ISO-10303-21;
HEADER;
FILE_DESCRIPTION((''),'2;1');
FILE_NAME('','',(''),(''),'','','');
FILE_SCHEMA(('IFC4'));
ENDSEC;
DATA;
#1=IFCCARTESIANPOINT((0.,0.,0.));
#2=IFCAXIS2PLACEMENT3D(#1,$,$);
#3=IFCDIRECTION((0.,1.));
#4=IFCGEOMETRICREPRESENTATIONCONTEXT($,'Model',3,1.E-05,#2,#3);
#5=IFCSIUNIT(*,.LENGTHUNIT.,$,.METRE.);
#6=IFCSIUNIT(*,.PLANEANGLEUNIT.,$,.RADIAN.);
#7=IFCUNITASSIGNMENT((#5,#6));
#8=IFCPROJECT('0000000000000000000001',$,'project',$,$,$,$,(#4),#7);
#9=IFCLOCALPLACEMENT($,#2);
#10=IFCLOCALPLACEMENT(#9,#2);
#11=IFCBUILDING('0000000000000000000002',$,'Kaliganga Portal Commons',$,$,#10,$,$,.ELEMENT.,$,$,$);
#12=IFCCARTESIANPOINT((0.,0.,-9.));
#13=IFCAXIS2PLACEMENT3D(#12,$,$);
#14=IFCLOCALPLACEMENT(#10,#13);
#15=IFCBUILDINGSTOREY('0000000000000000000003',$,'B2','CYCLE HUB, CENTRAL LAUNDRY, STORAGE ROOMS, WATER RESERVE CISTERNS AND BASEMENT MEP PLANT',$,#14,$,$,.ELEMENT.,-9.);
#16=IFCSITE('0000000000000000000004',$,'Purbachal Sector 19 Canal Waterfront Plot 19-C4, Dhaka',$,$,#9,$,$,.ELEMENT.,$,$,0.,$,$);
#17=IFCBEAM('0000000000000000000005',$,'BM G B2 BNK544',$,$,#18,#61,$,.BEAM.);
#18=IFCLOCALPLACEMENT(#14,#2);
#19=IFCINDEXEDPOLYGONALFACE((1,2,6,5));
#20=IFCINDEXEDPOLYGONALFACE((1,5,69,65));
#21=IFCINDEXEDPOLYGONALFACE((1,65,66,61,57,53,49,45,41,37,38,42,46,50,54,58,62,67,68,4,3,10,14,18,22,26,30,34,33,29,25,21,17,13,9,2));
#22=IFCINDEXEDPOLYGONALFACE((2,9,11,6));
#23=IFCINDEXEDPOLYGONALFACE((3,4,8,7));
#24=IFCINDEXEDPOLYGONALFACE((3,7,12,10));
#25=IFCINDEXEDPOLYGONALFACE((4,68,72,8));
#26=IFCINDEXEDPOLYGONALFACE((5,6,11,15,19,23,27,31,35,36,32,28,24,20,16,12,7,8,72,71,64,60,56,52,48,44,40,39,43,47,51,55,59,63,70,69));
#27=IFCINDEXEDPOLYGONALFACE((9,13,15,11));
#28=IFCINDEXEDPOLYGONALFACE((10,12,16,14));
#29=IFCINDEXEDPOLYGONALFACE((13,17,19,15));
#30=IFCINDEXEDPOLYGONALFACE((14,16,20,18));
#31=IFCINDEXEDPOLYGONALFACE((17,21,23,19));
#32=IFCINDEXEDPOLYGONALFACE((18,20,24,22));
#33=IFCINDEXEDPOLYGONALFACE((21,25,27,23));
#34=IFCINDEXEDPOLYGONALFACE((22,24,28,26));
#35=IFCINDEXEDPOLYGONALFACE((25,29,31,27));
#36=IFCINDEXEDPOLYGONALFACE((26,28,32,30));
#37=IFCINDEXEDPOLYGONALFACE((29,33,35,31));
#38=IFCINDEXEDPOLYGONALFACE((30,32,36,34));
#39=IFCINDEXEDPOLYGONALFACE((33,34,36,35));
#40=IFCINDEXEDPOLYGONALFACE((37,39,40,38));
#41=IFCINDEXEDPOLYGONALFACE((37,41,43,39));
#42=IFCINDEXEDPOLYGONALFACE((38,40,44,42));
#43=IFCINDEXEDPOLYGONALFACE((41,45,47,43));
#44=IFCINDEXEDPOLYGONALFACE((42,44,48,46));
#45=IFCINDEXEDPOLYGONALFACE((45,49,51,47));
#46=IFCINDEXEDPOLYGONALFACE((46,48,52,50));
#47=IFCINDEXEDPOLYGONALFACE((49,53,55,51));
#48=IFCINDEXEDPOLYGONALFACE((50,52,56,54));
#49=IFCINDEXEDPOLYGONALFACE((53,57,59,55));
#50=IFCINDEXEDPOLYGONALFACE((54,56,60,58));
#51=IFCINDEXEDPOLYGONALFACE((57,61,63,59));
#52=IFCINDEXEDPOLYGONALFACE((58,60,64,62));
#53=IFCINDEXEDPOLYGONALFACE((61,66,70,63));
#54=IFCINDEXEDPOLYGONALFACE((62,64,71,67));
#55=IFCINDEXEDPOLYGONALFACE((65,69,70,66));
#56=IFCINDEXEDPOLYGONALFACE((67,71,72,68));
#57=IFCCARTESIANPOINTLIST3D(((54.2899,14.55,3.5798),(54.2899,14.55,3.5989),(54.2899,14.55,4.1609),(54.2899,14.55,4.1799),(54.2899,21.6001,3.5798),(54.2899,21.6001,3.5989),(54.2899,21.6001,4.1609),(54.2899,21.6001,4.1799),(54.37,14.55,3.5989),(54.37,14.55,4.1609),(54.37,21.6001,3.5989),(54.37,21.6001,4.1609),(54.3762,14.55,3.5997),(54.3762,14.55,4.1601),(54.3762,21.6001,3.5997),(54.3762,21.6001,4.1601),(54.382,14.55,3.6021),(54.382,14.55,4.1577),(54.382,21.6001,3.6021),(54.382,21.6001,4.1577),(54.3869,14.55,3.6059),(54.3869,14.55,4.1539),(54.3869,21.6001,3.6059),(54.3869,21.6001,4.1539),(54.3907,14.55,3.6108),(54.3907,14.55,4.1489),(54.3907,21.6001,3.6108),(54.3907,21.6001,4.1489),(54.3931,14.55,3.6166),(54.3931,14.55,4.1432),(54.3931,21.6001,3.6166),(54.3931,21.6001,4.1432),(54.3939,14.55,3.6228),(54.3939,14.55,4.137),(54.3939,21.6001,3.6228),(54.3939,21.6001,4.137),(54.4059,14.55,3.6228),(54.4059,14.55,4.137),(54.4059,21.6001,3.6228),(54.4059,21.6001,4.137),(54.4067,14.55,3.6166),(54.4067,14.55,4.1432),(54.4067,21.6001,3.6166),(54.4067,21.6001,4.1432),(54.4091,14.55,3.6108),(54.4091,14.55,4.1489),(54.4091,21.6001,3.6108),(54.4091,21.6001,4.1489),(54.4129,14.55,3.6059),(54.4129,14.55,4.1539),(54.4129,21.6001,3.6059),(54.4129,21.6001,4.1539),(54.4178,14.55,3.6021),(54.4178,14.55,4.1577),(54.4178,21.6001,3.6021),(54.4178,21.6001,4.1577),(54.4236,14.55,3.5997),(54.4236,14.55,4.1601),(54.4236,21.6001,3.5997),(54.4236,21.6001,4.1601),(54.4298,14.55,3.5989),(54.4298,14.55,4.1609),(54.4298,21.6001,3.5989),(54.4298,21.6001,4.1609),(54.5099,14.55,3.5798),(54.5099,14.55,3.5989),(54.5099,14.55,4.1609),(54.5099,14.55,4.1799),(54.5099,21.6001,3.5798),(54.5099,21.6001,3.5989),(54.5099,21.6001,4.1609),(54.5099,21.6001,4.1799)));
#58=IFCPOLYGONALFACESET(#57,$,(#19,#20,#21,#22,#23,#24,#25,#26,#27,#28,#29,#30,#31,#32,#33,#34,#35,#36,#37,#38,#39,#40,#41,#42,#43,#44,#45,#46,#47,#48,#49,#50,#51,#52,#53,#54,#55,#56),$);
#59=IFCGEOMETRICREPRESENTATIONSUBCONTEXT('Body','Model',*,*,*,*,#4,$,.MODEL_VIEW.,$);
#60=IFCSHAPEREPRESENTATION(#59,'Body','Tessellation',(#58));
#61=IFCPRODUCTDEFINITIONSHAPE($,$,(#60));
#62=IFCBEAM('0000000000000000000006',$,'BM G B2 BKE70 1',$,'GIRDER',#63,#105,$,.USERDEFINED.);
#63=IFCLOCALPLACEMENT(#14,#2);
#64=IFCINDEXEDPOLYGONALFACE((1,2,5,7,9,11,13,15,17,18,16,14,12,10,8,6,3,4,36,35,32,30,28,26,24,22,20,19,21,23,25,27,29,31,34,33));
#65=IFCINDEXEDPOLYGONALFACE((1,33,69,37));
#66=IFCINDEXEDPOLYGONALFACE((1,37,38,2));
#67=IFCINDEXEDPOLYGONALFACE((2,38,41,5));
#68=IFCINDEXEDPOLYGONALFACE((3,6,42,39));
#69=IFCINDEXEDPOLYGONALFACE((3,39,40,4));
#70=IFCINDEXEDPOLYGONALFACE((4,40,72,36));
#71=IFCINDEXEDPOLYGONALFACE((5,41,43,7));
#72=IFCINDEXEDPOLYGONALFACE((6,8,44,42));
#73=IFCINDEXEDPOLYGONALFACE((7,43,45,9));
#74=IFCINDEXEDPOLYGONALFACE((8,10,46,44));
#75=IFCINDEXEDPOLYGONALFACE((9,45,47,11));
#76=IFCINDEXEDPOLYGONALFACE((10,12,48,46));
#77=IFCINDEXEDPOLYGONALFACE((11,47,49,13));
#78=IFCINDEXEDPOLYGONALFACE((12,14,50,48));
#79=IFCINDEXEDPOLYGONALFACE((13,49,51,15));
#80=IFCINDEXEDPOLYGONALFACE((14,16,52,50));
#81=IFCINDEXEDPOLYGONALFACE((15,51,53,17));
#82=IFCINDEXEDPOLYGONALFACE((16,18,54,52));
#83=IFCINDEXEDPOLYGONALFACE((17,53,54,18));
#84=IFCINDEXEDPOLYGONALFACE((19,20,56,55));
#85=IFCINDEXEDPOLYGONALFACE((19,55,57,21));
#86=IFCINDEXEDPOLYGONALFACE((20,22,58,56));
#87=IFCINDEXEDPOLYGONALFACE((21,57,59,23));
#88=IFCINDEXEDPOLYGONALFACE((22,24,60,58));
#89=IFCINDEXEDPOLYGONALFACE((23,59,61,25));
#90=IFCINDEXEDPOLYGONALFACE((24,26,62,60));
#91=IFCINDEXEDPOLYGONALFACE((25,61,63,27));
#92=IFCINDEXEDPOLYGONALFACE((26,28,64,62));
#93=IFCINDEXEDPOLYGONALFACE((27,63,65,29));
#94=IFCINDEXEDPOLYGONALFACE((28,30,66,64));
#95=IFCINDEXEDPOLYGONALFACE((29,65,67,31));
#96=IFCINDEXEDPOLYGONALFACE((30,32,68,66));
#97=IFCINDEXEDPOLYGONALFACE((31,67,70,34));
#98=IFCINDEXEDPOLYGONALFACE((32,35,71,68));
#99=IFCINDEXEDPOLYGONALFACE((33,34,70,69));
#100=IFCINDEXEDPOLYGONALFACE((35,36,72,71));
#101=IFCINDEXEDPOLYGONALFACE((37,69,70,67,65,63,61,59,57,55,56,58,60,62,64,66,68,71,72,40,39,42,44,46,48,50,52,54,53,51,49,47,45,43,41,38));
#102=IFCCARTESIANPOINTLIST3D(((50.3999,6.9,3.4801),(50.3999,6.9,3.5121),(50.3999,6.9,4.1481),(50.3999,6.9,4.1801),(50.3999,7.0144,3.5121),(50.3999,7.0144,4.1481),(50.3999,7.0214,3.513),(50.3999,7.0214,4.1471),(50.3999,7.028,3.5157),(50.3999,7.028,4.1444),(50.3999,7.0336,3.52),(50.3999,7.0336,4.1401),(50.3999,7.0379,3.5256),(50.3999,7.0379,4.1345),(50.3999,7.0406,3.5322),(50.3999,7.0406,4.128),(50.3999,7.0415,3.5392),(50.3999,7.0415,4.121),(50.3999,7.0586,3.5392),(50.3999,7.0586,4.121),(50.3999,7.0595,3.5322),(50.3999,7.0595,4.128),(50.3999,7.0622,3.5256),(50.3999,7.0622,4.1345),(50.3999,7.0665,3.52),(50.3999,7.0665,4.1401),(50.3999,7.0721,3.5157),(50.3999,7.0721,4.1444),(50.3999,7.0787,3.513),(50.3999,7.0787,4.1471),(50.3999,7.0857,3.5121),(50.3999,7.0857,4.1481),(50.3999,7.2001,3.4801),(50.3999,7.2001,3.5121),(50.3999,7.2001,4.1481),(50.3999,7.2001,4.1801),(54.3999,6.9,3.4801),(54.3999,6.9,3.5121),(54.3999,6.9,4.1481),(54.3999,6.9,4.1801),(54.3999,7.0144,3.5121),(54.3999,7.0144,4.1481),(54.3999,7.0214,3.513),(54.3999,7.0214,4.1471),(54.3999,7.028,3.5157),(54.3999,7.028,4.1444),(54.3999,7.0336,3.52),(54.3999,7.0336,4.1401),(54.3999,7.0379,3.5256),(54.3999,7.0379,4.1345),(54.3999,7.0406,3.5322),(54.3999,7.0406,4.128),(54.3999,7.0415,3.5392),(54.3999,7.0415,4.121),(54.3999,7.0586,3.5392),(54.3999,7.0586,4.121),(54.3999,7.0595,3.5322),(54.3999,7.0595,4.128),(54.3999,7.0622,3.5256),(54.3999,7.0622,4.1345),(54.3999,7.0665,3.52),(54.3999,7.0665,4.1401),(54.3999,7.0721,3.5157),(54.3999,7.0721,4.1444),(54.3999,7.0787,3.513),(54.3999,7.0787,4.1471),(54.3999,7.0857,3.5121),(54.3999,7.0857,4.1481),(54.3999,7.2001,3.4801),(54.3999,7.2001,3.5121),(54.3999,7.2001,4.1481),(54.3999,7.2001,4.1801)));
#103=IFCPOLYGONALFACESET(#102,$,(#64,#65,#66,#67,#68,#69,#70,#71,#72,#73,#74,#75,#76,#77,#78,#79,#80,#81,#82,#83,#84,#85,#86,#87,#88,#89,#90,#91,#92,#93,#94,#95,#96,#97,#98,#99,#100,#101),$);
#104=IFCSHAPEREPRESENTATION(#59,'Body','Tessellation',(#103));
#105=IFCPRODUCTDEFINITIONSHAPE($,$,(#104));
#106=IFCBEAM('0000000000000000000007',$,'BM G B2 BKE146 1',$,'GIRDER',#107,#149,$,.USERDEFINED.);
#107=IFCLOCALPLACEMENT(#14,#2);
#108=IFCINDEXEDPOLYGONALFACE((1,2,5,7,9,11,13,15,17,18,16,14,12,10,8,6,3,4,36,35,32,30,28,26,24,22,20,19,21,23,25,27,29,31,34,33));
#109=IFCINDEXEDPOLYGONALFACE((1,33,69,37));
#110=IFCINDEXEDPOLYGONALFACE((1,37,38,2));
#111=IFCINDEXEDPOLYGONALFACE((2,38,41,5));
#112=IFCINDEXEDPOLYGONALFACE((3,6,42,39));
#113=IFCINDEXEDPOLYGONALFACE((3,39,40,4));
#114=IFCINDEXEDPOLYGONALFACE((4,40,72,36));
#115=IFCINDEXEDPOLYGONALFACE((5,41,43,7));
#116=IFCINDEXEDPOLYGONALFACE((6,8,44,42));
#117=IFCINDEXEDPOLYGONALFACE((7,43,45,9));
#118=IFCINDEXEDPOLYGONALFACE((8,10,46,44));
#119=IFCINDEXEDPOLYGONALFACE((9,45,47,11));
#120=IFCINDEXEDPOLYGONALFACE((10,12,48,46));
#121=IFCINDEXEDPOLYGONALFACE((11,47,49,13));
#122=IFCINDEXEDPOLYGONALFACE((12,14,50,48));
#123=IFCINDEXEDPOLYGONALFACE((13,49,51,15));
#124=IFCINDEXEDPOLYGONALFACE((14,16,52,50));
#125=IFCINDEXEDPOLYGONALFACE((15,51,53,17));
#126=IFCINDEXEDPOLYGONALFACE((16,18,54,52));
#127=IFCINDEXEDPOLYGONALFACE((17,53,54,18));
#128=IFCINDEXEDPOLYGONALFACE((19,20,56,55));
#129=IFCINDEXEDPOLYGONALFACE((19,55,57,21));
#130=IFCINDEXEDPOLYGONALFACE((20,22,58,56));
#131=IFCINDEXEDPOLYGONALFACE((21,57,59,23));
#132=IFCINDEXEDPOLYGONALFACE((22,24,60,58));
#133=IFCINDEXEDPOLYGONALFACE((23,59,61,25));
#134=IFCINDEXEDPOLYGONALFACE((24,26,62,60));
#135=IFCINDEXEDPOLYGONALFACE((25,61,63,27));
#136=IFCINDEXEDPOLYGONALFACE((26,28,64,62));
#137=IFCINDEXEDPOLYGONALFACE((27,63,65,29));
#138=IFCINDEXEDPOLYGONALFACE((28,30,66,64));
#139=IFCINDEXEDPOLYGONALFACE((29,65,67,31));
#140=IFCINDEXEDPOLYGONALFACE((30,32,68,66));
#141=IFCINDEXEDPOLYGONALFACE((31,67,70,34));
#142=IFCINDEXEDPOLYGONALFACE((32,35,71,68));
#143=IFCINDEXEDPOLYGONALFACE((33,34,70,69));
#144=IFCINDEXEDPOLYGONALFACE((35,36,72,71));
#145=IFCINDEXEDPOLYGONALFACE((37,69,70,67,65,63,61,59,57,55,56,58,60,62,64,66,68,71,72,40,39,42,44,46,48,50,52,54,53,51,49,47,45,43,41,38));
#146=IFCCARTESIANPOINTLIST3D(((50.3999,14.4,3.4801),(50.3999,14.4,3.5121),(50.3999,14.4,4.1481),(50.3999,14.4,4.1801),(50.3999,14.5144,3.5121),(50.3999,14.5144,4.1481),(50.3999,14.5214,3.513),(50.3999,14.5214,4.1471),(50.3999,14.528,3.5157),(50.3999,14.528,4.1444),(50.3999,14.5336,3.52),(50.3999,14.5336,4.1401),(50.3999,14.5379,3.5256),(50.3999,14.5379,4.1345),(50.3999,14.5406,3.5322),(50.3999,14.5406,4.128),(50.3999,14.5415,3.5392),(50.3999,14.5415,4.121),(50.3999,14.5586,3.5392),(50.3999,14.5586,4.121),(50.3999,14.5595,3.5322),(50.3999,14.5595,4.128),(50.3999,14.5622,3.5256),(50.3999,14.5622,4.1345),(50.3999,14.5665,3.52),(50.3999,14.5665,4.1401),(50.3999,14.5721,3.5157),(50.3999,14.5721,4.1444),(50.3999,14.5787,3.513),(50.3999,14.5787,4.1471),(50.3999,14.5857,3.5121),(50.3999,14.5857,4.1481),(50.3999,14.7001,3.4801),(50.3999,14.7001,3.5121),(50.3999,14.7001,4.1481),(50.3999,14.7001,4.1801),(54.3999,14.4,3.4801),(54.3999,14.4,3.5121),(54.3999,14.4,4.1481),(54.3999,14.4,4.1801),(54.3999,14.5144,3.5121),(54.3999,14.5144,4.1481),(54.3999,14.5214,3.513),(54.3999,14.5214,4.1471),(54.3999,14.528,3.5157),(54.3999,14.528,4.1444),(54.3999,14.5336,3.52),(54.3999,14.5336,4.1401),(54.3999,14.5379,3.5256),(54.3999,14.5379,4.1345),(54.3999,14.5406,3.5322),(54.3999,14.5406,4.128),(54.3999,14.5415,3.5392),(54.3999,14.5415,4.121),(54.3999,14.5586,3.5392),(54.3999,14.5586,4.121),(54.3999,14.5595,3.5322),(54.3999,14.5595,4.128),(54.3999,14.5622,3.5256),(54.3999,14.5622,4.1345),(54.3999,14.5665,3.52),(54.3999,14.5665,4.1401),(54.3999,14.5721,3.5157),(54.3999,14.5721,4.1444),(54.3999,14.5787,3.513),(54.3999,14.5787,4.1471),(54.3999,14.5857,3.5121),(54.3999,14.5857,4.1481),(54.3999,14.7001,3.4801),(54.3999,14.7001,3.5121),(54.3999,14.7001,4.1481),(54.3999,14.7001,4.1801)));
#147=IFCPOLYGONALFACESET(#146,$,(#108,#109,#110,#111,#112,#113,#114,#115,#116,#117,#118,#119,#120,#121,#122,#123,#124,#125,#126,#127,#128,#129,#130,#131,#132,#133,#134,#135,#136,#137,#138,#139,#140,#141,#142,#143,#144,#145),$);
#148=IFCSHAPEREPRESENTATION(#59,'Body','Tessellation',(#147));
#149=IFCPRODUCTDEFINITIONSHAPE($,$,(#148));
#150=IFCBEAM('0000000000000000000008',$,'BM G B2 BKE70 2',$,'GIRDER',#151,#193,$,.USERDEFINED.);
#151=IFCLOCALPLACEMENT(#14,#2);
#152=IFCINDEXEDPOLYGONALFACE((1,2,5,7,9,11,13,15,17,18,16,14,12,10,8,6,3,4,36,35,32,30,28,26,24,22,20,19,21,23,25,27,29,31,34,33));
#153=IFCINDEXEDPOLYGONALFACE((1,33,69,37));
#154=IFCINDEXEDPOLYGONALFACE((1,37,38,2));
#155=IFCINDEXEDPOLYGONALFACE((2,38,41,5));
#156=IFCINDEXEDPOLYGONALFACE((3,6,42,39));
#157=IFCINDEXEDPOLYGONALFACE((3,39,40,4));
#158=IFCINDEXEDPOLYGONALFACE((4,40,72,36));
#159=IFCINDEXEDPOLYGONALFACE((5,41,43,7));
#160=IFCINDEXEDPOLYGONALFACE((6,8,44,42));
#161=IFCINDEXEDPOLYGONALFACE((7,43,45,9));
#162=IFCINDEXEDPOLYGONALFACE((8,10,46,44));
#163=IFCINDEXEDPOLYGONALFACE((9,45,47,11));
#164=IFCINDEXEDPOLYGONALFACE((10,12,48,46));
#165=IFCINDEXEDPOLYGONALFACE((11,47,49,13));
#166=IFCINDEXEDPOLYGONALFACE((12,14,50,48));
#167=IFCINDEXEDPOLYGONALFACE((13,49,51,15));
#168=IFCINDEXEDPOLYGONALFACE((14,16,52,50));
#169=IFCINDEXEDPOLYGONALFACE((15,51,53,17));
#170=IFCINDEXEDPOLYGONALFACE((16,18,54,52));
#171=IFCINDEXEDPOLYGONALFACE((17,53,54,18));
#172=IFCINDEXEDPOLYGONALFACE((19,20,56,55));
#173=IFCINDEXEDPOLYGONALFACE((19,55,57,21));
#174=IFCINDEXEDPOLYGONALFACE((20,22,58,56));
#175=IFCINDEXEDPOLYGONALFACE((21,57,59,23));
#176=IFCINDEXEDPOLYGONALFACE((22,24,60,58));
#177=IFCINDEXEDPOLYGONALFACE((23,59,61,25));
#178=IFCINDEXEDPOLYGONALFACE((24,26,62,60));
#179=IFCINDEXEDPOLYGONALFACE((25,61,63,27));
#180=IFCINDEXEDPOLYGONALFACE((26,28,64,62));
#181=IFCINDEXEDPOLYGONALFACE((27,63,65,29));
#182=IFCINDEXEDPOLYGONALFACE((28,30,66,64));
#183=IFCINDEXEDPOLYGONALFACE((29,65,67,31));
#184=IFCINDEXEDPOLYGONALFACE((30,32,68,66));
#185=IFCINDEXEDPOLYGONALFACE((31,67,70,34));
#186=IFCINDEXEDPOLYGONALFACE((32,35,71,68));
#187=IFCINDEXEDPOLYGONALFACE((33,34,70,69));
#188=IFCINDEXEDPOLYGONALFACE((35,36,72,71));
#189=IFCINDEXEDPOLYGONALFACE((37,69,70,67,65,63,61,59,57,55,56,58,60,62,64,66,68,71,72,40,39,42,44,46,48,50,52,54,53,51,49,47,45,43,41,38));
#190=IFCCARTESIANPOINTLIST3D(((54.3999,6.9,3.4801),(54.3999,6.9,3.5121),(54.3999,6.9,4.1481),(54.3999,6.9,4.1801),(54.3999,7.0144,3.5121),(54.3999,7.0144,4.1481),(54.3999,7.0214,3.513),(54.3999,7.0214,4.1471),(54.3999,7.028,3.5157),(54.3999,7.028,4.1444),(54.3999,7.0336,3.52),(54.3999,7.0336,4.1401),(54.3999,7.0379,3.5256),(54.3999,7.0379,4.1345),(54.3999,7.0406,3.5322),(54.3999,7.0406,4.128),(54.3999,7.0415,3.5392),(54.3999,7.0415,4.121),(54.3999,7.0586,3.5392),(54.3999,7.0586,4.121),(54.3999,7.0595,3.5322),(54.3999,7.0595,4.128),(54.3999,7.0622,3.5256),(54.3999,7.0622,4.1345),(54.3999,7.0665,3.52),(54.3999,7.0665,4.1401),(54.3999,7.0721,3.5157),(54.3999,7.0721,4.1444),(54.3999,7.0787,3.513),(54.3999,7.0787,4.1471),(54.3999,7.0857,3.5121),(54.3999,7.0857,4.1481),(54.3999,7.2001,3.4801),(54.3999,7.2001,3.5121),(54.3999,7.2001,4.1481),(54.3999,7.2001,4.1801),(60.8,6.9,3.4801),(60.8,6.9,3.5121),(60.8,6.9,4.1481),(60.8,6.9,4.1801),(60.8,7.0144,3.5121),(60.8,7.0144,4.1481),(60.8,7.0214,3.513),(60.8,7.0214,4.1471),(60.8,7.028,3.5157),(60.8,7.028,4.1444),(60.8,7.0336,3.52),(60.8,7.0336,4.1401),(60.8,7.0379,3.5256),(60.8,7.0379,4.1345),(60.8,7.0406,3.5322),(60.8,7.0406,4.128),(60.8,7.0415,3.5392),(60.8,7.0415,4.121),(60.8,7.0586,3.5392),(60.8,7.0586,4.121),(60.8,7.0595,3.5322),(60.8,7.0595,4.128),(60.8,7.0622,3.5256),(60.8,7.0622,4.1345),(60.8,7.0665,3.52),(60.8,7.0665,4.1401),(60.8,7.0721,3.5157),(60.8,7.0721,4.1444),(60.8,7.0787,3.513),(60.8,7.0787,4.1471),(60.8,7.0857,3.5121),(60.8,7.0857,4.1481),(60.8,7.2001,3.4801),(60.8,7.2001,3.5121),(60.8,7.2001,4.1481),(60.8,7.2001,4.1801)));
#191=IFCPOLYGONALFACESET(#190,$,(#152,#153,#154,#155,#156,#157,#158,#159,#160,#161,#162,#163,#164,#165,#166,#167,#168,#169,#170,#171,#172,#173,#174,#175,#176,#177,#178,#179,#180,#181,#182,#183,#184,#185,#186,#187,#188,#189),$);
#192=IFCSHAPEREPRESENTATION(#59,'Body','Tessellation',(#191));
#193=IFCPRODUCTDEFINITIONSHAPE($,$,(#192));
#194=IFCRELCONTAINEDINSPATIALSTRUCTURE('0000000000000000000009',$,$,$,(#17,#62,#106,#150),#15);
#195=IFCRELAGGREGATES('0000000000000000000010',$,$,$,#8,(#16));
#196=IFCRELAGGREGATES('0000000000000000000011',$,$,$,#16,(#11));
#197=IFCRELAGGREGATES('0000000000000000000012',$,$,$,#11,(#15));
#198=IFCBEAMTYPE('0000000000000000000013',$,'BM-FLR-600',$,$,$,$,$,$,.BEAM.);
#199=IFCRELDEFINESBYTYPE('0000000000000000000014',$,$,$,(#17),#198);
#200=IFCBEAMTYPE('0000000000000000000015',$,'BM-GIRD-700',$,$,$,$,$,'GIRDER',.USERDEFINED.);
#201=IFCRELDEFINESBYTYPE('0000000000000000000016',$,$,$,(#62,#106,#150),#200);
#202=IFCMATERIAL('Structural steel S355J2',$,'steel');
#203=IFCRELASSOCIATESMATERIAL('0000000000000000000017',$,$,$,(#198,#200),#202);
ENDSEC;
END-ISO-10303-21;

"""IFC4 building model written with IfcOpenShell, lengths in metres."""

from ifc_helpers import new_model, si_unit, direction, frame, origin, origin_2d, place, context, subcontext, project, spatial, i_section, extrude, source, transform, mapped, material, material_profile, profile_set, type_object, element, save


model = new_model("IFC4")

# Units and contexts
model_context = context("Model", 3, precision=1e-05, world=origin(), true_north=direction((0.0, 1.0)))
body_context = subcontext(model_context, "Body", "Model", "MODEL_VIEW")
ifc_project = project(units=[si_unit("LENGTHUNIT", "METRE"), si_unit("PLANEANGLEUNIT", "RADIAN")], contexts=[model_context])

# Site, building, storey
site_placement = place(None, origin())
site = spatial("IfcSite", under=ifc_project, at=site_placement, Name="Purbachal Sector 19 Canal Waterfront Plot 19-C4, Dhaka", CompositionType="ELEMENT", RefElevation=0.0)
building_placement = place(site_placement, origin())
building = spatial("IfcBuilding", under=site, at=building_placement, Name="Kaliganga Portal Commons", CompositionType="ELEMENT")
storey_placement = place(building_placement, frame((0.0, 0.0, -9.0)))
storey = spatial("IfcBuildingStorey", under=building, at=storey_placement, Name="B2", Description="CYCLE HUB, CENTRAL LAUNDRY, STORAGE ROOMS, WATER RESERVE CISTERNS AND BASEMENT MEP PLANT", CompositionType="ELEMENT", Elevation=-9.0)

# Shared definitions
ifc_material_1 = material(Name="Structural steel S355J2", Category="steel")

# Beams
ifc_material_profile_1 = material_profile(ifc_material_1, i_section(OverallWidth=0.22, OverallDepth=0.6001, WebThickness=0.012, FlangeThickness=0.019, FilletRadius=0.0239, at=origin_2d()), Name="IPE 600")
ifc_profile_set_1 = profile_set([ifc_material_profile_1], Name="Structural steel S355J2 wide-flange")
beam_type_1 = type_object("IfcBeamType", Name="BM-FLR-600", PredefinedType="BEAM", material=ifc_profile_set_1)
shared_shape_1 = source(origin(), body_context, "Body", "SweptSolid", [
    extrude(i_section(OverallWidth=0.22, OverallDepth=0.6001, WebThickness=0.012, FlangeThickness=0.019, FilletRadius=0.0239, at=origin_2d()), origin(), (0.0, 0.0, 1.0), 7.05),
])
for number, where, z_axis, x_axis, name in (
    (1, (54.3999, 14.55, 3.8799), (0.0, 1.0, 0.0), (-1.0, 0.0, 0.0), "BM G B2 BNK544"),
):
    element("IfcBeam", number, at=place(storey_placement, frame(where, z_axis=z_axis, x_axis=x_axis)), inside=storey, type_object=beam_type_1, Name=name, PredefinedType="BEAM", context=body_context, shape_type="MappedRepresentation", body=[
        mapped(shared_shape_1, transform((0.0, 0.0, 0.0), x_axis=(1.0, 0.0, 0.0), y_axis=(0.0, 1.0, 0.0), z_axis=(0.0, 0.0, 1.0), scale=1.0)),
    ])
ifc_material_profile_2 = material_profile(ifc_material_1, i_section(OverallWidth=0.3, OverallDepth=0.7, WebThickness=0.0171, FlangeThickness=0.032, FilletRadius=0.0271, at=origin_2d()), Name="HE 700 B")
ifc_profile_set_2 = profile_set([ifc_material_profile_2], Name="Structural steel S355J2 wide-flange")
beam_type_2 = type_object("IfcBeamType", Name="BM-GIRD-700", ElementType="GIRDER", PredefinedType="USERDEFINED", material=ifc_profile_set_2)
shared_shape_2 = source(origin(), body_context, "Body", "SweptSolid", [
    extrude(i_section(OverallWidth=0.3, OverallDepth=0.7, WebThickness=0.0171, FlangeThickness=0.032, FilletRadius=0.0271, at=origin_2d()), origin(), (0.0, 0.0, 1.0), 4.0),
])
for number, where, z_axis, x_axis, name in (
    (2, (50.3999, 7.05, 3.8301), (1.0, 0.0, 0.0), (0.0, 1.0, 0.0), "BM G B2 BKE70 1"),
    (3, (50.3999, 14.55, 3.8301), (1.0, 0.0, 0.0), (0.0, 1.0, 0.0), "BM G B2 BKE146 1"),
):
    element("IfcBeam", number, at=place(storey_placement, frame(where, z_axis=z_axis, x_axis=x_axis)), inside=storey, type_object=beam_type_2, Name=name, ObjectType="GIRDER", PredefinedType="USERDEFINED", context=body_context, shape_type="MappedRepresentation", body=[
        mapped(shared_shape_2, transform((0.0, 0.0, 0.0), x_axis=(1.0, 0.0, 0.0), y_axis=(0.0, 1.0, 0.0), z_axis=(0.0, 0.0, 1.0), scale=1.0)),
    ])
shared_shape_3 = source(origin(), body_context, "Body", "SweptSolid", [
    extrude(i_section(OverallWidth=0.3, OverallDepth=0.7, WebThickness=0.0171, FlangeThickness=0.032, FilletRadius=0.0271, at=origin_2d()), origin(), (0.0, 0.0, 1.0), 6.4001),
])
for number, where, z_axis, x_axis, name in (
    (4, (54.3999, 7.05, 3.8301), (1.0, 0.0, 0.0), (0.0, 1.0, 0.0), "BM G B2 BKE70 2"),
):
    element("IfcBeam", number, at=place(storey_placement, frame(where, z_axis=z_axis, x_axis=x_axis)), inside=storey, type_object=beam_type_2, Name=name, ObjectType="GIRDER", PredefinedType="USERDEFINED", context=body_context, shape_type="MappedRepresentation", body=[
        mapped(shared_shape_3, transform((0.0, 0.0, 0.0), x_axis=(1.0, 0.0, 0.0), y_axis=(0.0, 1.0, 0.0), z_axis=(0.0, 0.0, 1.0), scale=1.0)),
    ])

save(model, "model.ifc")
